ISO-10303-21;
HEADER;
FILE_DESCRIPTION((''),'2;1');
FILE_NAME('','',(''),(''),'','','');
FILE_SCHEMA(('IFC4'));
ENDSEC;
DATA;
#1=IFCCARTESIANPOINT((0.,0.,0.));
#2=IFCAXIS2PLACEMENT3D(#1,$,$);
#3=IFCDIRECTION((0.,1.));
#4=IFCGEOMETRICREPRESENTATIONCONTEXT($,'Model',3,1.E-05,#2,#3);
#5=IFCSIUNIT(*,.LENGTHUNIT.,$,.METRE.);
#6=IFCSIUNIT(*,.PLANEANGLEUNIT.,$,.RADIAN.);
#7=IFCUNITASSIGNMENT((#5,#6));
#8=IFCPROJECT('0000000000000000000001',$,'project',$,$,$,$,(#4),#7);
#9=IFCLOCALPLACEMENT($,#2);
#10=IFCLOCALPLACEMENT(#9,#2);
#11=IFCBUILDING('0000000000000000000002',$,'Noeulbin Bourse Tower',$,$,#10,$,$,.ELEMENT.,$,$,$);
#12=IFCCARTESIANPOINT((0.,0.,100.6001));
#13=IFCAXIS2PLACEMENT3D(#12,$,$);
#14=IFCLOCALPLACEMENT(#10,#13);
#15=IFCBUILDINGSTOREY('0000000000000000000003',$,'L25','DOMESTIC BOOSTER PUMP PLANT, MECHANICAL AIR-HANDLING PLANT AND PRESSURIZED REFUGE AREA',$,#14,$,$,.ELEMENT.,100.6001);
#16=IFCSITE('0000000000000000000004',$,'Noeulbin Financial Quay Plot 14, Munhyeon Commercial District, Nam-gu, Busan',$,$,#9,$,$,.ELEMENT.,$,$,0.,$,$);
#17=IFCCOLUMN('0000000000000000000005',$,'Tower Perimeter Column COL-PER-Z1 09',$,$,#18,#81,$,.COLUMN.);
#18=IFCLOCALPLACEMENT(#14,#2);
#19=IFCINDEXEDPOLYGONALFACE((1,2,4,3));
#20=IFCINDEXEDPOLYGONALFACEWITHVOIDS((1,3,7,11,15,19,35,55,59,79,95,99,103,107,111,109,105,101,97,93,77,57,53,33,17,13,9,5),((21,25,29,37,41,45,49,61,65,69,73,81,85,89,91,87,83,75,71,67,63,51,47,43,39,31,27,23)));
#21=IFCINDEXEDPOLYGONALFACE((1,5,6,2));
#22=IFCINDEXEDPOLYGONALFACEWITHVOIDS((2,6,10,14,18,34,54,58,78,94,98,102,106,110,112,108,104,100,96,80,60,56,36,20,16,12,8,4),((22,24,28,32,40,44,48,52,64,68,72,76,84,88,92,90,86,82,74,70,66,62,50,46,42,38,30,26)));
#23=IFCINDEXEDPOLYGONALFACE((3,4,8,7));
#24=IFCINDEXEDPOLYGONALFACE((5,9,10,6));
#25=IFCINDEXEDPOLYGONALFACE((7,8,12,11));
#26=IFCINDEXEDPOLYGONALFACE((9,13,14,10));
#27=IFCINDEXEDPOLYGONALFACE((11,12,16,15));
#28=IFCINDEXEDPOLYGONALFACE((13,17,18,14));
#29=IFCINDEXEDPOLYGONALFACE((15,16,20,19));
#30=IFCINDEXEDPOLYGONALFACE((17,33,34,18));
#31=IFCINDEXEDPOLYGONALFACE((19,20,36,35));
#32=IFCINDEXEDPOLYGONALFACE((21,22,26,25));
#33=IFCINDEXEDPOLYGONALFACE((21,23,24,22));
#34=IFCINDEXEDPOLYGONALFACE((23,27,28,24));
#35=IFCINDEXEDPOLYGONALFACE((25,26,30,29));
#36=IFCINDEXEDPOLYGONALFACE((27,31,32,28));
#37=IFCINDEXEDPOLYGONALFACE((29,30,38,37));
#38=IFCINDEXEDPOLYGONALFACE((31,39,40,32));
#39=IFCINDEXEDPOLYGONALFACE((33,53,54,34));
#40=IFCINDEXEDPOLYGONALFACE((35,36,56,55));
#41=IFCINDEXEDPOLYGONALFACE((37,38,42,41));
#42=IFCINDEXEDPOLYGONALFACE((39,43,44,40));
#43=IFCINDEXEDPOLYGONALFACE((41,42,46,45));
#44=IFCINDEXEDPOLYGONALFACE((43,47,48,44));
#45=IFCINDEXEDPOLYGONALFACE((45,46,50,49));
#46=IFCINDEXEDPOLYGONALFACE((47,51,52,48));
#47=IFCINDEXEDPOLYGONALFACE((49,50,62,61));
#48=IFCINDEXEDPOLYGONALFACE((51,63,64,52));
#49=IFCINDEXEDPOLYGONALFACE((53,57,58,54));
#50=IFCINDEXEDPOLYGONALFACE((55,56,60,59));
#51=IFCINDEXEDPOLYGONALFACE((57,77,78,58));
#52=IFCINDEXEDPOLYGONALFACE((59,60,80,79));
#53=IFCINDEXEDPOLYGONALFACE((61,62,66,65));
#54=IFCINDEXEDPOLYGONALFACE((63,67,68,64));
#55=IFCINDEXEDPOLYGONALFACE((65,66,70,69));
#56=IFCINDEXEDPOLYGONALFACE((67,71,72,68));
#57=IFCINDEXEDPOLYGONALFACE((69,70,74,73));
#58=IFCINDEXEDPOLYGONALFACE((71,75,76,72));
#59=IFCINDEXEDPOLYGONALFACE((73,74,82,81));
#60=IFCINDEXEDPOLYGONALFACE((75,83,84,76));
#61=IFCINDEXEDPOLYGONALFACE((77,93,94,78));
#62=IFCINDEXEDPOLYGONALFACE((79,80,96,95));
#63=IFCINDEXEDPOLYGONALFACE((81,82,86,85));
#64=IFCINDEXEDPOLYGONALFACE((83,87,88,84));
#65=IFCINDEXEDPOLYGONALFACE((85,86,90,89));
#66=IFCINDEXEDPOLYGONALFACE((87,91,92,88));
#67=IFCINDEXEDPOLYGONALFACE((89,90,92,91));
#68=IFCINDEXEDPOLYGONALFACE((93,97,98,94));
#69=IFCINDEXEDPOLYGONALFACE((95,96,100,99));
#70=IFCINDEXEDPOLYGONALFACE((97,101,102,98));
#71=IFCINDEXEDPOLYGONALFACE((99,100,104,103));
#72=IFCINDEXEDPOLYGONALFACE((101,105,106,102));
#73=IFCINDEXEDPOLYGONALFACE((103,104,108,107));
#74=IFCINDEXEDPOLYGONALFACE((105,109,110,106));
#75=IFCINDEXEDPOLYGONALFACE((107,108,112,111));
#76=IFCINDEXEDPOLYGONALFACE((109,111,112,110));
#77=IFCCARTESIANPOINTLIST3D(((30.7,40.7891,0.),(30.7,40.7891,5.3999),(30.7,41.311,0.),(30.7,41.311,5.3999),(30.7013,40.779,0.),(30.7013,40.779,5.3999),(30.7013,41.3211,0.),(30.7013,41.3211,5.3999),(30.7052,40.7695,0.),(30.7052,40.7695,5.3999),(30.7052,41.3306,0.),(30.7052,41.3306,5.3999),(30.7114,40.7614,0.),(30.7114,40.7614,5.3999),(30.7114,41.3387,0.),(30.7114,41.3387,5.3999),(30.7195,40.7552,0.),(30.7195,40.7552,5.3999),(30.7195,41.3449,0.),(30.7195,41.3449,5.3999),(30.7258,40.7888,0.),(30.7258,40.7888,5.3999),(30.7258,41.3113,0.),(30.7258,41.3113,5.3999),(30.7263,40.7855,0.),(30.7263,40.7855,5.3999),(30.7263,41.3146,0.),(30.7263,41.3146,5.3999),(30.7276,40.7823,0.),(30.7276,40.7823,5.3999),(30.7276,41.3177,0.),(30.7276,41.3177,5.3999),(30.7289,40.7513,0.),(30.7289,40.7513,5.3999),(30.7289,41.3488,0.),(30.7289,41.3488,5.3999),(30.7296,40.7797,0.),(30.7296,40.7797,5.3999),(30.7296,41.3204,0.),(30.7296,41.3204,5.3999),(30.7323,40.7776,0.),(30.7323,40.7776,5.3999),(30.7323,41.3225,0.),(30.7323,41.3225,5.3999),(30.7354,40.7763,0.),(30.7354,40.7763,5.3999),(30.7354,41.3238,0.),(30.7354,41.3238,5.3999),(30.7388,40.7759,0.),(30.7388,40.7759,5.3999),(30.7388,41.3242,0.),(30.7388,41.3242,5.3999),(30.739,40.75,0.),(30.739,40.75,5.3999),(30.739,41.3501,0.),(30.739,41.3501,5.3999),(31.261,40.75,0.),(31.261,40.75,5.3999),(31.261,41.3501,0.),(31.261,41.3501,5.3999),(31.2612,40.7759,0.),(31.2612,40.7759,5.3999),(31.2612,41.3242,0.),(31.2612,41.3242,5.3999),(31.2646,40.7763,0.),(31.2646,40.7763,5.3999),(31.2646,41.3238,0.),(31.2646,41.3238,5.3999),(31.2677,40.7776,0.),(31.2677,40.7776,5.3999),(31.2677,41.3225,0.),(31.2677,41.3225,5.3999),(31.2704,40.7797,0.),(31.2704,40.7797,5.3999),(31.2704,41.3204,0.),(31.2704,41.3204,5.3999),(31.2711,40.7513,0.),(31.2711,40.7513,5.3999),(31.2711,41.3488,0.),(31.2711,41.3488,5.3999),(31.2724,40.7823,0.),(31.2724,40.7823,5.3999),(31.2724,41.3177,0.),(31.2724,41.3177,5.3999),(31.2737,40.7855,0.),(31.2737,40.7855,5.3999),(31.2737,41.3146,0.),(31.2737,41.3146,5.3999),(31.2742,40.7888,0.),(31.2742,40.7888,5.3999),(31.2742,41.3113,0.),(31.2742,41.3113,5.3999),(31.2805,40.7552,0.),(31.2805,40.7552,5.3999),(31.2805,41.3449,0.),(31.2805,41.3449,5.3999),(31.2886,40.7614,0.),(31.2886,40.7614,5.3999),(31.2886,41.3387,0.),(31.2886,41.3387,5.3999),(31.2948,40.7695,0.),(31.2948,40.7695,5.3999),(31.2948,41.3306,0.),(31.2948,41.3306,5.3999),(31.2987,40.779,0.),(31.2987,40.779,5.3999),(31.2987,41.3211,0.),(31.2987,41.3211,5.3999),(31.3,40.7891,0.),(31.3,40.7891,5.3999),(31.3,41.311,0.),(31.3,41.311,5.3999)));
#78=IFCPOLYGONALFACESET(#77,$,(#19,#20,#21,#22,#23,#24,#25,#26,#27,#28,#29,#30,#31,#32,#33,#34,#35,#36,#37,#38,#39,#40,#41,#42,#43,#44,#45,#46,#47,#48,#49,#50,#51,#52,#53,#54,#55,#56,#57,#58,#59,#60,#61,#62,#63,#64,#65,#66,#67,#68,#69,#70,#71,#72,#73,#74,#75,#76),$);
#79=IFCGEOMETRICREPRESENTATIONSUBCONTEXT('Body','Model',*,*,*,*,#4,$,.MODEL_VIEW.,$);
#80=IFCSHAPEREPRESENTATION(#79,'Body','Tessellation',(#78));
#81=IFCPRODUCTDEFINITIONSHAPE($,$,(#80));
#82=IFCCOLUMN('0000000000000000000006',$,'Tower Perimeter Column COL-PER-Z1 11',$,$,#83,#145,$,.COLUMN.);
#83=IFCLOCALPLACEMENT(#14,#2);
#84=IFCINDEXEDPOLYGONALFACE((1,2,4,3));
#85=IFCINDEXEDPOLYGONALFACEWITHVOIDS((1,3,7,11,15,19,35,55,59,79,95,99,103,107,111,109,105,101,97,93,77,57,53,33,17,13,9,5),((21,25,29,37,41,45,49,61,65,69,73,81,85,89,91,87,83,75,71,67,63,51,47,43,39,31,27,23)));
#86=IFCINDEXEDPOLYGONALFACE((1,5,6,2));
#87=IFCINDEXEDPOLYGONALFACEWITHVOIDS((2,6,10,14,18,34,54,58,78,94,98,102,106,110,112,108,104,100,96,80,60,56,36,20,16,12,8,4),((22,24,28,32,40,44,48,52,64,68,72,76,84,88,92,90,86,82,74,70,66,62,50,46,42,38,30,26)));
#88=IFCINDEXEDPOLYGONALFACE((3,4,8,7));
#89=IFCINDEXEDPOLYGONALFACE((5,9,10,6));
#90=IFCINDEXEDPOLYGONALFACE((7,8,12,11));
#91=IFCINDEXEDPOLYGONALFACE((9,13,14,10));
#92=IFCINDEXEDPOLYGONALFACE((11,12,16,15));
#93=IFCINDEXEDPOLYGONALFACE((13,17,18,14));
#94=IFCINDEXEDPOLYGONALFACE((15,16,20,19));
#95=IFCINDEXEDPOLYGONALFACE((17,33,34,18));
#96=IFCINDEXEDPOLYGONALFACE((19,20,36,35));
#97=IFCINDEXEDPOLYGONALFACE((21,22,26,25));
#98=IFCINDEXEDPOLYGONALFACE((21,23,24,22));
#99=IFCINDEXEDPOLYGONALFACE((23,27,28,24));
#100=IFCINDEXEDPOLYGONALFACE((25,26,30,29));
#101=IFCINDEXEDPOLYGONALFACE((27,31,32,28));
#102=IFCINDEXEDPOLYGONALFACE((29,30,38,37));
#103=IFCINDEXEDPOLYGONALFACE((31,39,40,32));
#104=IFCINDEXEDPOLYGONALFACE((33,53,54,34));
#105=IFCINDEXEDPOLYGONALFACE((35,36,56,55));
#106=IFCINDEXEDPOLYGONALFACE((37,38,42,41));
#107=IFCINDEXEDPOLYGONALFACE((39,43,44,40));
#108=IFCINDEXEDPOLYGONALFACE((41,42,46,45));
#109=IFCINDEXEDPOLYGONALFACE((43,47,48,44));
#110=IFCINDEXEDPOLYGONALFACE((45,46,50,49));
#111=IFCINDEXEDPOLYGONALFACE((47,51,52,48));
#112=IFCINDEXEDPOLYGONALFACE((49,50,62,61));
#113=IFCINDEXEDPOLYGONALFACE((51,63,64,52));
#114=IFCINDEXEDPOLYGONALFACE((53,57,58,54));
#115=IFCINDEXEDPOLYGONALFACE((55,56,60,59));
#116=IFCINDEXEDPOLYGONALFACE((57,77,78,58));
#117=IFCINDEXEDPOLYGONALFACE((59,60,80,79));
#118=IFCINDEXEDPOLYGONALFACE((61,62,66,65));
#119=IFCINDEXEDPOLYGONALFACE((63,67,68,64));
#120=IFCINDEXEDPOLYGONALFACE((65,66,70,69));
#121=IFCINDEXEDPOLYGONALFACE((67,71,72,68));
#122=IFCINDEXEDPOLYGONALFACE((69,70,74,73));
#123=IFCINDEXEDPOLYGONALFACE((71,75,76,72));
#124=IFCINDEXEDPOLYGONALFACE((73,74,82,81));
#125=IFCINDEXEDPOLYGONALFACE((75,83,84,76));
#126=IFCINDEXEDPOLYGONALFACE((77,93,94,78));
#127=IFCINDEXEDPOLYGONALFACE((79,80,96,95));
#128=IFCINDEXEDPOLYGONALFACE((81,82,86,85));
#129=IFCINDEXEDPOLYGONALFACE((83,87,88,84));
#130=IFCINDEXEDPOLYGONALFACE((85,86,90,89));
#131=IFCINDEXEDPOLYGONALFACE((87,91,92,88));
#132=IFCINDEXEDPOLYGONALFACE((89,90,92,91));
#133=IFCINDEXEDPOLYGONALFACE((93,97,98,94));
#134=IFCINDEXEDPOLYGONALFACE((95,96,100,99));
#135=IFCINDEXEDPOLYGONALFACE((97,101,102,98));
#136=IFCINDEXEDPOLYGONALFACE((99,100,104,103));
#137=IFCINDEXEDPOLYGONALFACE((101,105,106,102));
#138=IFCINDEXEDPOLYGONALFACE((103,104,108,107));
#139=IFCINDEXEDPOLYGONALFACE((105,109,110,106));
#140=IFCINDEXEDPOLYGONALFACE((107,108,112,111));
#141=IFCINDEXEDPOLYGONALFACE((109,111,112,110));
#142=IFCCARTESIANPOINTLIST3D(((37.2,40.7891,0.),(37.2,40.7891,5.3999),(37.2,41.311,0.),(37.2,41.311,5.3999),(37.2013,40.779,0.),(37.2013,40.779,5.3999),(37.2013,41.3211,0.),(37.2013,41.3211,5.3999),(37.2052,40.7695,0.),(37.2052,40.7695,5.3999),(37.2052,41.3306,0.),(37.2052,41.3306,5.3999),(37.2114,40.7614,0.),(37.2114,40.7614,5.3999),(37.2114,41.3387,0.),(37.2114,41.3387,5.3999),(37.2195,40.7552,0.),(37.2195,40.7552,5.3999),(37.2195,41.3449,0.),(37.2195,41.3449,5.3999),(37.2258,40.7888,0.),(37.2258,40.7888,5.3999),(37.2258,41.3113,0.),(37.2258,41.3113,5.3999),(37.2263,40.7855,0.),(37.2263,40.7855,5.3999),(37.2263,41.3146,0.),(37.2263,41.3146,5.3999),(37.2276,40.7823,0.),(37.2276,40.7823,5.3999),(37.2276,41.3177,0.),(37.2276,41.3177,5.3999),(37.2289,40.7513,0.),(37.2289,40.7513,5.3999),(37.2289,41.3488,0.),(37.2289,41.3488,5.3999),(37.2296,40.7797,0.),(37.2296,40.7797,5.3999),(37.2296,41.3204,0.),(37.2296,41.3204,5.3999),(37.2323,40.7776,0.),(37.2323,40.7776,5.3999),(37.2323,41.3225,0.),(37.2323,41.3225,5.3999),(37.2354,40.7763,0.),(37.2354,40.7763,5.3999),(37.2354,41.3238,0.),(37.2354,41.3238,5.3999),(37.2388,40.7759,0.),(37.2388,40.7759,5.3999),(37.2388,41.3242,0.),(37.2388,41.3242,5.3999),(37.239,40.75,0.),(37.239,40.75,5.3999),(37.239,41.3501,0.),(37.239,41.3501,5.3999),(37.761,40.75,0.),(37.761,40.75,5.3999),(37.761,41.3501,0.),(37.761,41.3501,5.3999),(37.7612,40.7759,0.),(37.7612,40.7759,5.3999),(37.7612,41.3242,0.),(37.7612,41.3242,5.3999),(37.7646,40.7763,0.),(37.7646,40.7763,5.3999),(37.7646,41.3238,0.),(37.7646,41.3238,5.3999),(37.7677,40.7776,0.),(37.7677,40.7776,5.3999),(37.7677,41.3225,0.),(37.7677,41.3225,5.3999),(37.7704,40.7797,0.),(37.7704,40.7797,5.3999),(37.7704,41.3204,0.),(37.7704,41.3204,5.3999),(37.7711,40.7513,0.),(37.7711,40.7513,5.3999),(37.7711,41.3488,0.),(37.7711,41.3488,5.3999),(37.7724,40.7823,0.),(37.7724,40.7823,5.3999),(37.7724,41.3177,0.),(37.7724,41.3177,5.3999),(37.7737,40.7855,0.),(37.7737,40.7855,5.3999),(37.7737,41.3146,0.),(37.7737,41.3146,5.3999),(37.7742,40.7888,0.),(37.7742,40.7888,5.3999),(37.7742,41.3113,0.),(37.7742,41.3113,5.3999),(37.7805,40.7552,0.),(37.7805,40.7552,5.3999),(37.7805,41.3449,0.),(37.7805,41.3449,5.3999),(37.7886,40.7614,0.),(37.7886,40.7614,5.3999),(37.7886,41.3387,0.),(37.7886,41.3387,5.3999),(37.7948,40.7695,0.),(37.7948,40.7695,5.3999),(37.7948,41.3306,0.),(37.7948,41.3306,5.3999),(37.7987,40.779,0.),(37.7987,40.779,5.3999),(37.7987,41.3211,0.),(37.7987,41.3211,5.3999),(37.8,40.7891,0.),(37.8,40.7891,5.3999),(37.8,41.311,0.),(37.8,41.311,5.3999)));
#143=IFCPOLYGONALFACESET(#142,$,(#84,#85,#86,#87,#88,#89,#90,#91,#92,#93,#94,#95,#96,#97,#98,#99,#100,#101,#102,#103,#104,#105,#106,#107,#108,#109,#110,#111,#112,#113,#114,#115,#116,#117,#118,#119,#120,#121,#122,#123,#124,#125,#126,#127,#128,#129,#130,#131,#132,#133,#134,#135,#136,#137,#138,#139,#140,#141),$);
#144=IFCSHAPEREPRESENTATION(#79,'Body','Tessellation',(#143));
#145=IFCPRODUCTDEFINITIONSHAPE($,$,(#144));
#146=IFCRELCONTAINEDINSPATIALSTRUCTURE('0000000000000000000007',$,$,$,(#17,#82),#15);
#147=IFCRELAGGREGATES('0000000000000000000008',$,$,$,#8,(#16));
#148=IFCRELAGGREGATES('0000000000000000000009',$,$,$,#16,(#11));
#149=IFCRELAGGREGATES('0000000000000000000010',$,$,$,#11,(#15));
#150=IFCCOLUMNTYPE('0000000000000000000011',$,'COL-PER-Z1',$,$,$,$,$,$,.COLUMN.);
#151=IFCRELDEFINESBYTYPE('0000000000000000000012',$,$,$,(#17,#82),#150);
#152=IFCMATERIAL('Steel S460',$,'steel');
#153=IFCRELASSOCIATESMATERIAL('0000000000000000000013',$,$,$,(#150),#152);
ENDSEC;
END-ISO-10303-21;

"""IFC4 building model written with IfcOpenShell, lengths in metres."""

from ifc_helpers import new_model, si_unit, direction, frame, origin, origin_2d, place, context, subcontext, project, spatial, hollow_rectangle, extrude, material, material_profile, profile_set, type_object, element, save


model = new_model("IFC4")

# Units and contexts
model_context = context("Model", 3, precision=1e-05, world=origin(), true_north=direction((0.0, 1.0)))
body_context = subcontext(model_context, "Body", "Model", "MODEL_VIEW")
ifc_project = project(units=[si_unit("LENGTHUNIT", "METRE"), si_unit("PLANEANGLEUNIT", "RADIAN")], contexts=[model_context])

# Site, building, storey
site_placement = place(None, origin())
site = spatial("IfcSite", under=ifc_project, at=site_placement, Name="Noeulbin Financial Quay Plot 14, Munhyeon Commercial District, Nam-gu, Busan", CompositionType="ELEMENT", RefElevation=0.0)
building_placement = place(site_placement, origin())
building = spatial("IfcBuilding", under=site, at=building_placement, Name="Noeulbin Bourse Tower", CompositionType="ELEMENT")
storey_placement = place(building_placement, frame((0.0, 0.0, 100.6001)))
storey = spatial("IfcBuildingStorey", under=building, at=storey_placement, Name="L25", Description="DOMESTIC BOOSTER PUMP PLANT, MECHANICAL AIR-HANDLING PLANT AND PRESSURIZED REFUGE AREA", CompositionType="ELEMENT", Elevation=100.6001)

# Columns
ifc_material_1 = material(Name="Steel S460", Category="steel")
ifc_material_profile_1 = material_profile(ifc_material_1, hollow_rectangle(XDim=0.6001, YDim=0.6001, WallThickness=0.0259, InnerFilletRadius=0.0129, OuterFilletRadius=0.0391, at=origin_2d()), Name="BOX-600x600x26", Category="LoadBearing")
ifc_profile_set_1 = profile_set([ifc_material_profile_1], Name="Steel S460")
column_type_1 = type_object("IfcColumnType", Name="COL-PER-Z1", PredefinedType="COLUMN", material=ifc_profile_set_1)
for number, where, z_axis, x_axis, name in (
    (1, (31.0, 41.05, 0.0), (0.0, 0.0, 1.0), (1.0, 0.0, 0.0), "Tower Perimeter Column COL-PER-Z1 09"),
    (2, (37.5, 41.05, 0.0), (0.0, 0.0, 1.0), (1.0, 0.0, 0.0), "Tower Perimeter Column COL-PER-Z1 11"),
):
    element("IfcColumn", number, at=place(storey_placement, frame(where, z_axis=z_axis, x_axis=x_axis)), inside=storey, type_object=column_type_1, Name=name, PredefinedType="COLUMN", context=body_context, shape_type="SweptSolid", body=[
        extrude(hollow_rectangle(XDim=0.6001, YDim=0.6001, WallThickness=0.0259, InnerFilletRadius=0.0129, OuterFilletRadius=0.0391, at=origin_2d()), origin(), (0.0, 0.0, 1.0), 5.3999),
    ])

save(model, "model.ifc")
